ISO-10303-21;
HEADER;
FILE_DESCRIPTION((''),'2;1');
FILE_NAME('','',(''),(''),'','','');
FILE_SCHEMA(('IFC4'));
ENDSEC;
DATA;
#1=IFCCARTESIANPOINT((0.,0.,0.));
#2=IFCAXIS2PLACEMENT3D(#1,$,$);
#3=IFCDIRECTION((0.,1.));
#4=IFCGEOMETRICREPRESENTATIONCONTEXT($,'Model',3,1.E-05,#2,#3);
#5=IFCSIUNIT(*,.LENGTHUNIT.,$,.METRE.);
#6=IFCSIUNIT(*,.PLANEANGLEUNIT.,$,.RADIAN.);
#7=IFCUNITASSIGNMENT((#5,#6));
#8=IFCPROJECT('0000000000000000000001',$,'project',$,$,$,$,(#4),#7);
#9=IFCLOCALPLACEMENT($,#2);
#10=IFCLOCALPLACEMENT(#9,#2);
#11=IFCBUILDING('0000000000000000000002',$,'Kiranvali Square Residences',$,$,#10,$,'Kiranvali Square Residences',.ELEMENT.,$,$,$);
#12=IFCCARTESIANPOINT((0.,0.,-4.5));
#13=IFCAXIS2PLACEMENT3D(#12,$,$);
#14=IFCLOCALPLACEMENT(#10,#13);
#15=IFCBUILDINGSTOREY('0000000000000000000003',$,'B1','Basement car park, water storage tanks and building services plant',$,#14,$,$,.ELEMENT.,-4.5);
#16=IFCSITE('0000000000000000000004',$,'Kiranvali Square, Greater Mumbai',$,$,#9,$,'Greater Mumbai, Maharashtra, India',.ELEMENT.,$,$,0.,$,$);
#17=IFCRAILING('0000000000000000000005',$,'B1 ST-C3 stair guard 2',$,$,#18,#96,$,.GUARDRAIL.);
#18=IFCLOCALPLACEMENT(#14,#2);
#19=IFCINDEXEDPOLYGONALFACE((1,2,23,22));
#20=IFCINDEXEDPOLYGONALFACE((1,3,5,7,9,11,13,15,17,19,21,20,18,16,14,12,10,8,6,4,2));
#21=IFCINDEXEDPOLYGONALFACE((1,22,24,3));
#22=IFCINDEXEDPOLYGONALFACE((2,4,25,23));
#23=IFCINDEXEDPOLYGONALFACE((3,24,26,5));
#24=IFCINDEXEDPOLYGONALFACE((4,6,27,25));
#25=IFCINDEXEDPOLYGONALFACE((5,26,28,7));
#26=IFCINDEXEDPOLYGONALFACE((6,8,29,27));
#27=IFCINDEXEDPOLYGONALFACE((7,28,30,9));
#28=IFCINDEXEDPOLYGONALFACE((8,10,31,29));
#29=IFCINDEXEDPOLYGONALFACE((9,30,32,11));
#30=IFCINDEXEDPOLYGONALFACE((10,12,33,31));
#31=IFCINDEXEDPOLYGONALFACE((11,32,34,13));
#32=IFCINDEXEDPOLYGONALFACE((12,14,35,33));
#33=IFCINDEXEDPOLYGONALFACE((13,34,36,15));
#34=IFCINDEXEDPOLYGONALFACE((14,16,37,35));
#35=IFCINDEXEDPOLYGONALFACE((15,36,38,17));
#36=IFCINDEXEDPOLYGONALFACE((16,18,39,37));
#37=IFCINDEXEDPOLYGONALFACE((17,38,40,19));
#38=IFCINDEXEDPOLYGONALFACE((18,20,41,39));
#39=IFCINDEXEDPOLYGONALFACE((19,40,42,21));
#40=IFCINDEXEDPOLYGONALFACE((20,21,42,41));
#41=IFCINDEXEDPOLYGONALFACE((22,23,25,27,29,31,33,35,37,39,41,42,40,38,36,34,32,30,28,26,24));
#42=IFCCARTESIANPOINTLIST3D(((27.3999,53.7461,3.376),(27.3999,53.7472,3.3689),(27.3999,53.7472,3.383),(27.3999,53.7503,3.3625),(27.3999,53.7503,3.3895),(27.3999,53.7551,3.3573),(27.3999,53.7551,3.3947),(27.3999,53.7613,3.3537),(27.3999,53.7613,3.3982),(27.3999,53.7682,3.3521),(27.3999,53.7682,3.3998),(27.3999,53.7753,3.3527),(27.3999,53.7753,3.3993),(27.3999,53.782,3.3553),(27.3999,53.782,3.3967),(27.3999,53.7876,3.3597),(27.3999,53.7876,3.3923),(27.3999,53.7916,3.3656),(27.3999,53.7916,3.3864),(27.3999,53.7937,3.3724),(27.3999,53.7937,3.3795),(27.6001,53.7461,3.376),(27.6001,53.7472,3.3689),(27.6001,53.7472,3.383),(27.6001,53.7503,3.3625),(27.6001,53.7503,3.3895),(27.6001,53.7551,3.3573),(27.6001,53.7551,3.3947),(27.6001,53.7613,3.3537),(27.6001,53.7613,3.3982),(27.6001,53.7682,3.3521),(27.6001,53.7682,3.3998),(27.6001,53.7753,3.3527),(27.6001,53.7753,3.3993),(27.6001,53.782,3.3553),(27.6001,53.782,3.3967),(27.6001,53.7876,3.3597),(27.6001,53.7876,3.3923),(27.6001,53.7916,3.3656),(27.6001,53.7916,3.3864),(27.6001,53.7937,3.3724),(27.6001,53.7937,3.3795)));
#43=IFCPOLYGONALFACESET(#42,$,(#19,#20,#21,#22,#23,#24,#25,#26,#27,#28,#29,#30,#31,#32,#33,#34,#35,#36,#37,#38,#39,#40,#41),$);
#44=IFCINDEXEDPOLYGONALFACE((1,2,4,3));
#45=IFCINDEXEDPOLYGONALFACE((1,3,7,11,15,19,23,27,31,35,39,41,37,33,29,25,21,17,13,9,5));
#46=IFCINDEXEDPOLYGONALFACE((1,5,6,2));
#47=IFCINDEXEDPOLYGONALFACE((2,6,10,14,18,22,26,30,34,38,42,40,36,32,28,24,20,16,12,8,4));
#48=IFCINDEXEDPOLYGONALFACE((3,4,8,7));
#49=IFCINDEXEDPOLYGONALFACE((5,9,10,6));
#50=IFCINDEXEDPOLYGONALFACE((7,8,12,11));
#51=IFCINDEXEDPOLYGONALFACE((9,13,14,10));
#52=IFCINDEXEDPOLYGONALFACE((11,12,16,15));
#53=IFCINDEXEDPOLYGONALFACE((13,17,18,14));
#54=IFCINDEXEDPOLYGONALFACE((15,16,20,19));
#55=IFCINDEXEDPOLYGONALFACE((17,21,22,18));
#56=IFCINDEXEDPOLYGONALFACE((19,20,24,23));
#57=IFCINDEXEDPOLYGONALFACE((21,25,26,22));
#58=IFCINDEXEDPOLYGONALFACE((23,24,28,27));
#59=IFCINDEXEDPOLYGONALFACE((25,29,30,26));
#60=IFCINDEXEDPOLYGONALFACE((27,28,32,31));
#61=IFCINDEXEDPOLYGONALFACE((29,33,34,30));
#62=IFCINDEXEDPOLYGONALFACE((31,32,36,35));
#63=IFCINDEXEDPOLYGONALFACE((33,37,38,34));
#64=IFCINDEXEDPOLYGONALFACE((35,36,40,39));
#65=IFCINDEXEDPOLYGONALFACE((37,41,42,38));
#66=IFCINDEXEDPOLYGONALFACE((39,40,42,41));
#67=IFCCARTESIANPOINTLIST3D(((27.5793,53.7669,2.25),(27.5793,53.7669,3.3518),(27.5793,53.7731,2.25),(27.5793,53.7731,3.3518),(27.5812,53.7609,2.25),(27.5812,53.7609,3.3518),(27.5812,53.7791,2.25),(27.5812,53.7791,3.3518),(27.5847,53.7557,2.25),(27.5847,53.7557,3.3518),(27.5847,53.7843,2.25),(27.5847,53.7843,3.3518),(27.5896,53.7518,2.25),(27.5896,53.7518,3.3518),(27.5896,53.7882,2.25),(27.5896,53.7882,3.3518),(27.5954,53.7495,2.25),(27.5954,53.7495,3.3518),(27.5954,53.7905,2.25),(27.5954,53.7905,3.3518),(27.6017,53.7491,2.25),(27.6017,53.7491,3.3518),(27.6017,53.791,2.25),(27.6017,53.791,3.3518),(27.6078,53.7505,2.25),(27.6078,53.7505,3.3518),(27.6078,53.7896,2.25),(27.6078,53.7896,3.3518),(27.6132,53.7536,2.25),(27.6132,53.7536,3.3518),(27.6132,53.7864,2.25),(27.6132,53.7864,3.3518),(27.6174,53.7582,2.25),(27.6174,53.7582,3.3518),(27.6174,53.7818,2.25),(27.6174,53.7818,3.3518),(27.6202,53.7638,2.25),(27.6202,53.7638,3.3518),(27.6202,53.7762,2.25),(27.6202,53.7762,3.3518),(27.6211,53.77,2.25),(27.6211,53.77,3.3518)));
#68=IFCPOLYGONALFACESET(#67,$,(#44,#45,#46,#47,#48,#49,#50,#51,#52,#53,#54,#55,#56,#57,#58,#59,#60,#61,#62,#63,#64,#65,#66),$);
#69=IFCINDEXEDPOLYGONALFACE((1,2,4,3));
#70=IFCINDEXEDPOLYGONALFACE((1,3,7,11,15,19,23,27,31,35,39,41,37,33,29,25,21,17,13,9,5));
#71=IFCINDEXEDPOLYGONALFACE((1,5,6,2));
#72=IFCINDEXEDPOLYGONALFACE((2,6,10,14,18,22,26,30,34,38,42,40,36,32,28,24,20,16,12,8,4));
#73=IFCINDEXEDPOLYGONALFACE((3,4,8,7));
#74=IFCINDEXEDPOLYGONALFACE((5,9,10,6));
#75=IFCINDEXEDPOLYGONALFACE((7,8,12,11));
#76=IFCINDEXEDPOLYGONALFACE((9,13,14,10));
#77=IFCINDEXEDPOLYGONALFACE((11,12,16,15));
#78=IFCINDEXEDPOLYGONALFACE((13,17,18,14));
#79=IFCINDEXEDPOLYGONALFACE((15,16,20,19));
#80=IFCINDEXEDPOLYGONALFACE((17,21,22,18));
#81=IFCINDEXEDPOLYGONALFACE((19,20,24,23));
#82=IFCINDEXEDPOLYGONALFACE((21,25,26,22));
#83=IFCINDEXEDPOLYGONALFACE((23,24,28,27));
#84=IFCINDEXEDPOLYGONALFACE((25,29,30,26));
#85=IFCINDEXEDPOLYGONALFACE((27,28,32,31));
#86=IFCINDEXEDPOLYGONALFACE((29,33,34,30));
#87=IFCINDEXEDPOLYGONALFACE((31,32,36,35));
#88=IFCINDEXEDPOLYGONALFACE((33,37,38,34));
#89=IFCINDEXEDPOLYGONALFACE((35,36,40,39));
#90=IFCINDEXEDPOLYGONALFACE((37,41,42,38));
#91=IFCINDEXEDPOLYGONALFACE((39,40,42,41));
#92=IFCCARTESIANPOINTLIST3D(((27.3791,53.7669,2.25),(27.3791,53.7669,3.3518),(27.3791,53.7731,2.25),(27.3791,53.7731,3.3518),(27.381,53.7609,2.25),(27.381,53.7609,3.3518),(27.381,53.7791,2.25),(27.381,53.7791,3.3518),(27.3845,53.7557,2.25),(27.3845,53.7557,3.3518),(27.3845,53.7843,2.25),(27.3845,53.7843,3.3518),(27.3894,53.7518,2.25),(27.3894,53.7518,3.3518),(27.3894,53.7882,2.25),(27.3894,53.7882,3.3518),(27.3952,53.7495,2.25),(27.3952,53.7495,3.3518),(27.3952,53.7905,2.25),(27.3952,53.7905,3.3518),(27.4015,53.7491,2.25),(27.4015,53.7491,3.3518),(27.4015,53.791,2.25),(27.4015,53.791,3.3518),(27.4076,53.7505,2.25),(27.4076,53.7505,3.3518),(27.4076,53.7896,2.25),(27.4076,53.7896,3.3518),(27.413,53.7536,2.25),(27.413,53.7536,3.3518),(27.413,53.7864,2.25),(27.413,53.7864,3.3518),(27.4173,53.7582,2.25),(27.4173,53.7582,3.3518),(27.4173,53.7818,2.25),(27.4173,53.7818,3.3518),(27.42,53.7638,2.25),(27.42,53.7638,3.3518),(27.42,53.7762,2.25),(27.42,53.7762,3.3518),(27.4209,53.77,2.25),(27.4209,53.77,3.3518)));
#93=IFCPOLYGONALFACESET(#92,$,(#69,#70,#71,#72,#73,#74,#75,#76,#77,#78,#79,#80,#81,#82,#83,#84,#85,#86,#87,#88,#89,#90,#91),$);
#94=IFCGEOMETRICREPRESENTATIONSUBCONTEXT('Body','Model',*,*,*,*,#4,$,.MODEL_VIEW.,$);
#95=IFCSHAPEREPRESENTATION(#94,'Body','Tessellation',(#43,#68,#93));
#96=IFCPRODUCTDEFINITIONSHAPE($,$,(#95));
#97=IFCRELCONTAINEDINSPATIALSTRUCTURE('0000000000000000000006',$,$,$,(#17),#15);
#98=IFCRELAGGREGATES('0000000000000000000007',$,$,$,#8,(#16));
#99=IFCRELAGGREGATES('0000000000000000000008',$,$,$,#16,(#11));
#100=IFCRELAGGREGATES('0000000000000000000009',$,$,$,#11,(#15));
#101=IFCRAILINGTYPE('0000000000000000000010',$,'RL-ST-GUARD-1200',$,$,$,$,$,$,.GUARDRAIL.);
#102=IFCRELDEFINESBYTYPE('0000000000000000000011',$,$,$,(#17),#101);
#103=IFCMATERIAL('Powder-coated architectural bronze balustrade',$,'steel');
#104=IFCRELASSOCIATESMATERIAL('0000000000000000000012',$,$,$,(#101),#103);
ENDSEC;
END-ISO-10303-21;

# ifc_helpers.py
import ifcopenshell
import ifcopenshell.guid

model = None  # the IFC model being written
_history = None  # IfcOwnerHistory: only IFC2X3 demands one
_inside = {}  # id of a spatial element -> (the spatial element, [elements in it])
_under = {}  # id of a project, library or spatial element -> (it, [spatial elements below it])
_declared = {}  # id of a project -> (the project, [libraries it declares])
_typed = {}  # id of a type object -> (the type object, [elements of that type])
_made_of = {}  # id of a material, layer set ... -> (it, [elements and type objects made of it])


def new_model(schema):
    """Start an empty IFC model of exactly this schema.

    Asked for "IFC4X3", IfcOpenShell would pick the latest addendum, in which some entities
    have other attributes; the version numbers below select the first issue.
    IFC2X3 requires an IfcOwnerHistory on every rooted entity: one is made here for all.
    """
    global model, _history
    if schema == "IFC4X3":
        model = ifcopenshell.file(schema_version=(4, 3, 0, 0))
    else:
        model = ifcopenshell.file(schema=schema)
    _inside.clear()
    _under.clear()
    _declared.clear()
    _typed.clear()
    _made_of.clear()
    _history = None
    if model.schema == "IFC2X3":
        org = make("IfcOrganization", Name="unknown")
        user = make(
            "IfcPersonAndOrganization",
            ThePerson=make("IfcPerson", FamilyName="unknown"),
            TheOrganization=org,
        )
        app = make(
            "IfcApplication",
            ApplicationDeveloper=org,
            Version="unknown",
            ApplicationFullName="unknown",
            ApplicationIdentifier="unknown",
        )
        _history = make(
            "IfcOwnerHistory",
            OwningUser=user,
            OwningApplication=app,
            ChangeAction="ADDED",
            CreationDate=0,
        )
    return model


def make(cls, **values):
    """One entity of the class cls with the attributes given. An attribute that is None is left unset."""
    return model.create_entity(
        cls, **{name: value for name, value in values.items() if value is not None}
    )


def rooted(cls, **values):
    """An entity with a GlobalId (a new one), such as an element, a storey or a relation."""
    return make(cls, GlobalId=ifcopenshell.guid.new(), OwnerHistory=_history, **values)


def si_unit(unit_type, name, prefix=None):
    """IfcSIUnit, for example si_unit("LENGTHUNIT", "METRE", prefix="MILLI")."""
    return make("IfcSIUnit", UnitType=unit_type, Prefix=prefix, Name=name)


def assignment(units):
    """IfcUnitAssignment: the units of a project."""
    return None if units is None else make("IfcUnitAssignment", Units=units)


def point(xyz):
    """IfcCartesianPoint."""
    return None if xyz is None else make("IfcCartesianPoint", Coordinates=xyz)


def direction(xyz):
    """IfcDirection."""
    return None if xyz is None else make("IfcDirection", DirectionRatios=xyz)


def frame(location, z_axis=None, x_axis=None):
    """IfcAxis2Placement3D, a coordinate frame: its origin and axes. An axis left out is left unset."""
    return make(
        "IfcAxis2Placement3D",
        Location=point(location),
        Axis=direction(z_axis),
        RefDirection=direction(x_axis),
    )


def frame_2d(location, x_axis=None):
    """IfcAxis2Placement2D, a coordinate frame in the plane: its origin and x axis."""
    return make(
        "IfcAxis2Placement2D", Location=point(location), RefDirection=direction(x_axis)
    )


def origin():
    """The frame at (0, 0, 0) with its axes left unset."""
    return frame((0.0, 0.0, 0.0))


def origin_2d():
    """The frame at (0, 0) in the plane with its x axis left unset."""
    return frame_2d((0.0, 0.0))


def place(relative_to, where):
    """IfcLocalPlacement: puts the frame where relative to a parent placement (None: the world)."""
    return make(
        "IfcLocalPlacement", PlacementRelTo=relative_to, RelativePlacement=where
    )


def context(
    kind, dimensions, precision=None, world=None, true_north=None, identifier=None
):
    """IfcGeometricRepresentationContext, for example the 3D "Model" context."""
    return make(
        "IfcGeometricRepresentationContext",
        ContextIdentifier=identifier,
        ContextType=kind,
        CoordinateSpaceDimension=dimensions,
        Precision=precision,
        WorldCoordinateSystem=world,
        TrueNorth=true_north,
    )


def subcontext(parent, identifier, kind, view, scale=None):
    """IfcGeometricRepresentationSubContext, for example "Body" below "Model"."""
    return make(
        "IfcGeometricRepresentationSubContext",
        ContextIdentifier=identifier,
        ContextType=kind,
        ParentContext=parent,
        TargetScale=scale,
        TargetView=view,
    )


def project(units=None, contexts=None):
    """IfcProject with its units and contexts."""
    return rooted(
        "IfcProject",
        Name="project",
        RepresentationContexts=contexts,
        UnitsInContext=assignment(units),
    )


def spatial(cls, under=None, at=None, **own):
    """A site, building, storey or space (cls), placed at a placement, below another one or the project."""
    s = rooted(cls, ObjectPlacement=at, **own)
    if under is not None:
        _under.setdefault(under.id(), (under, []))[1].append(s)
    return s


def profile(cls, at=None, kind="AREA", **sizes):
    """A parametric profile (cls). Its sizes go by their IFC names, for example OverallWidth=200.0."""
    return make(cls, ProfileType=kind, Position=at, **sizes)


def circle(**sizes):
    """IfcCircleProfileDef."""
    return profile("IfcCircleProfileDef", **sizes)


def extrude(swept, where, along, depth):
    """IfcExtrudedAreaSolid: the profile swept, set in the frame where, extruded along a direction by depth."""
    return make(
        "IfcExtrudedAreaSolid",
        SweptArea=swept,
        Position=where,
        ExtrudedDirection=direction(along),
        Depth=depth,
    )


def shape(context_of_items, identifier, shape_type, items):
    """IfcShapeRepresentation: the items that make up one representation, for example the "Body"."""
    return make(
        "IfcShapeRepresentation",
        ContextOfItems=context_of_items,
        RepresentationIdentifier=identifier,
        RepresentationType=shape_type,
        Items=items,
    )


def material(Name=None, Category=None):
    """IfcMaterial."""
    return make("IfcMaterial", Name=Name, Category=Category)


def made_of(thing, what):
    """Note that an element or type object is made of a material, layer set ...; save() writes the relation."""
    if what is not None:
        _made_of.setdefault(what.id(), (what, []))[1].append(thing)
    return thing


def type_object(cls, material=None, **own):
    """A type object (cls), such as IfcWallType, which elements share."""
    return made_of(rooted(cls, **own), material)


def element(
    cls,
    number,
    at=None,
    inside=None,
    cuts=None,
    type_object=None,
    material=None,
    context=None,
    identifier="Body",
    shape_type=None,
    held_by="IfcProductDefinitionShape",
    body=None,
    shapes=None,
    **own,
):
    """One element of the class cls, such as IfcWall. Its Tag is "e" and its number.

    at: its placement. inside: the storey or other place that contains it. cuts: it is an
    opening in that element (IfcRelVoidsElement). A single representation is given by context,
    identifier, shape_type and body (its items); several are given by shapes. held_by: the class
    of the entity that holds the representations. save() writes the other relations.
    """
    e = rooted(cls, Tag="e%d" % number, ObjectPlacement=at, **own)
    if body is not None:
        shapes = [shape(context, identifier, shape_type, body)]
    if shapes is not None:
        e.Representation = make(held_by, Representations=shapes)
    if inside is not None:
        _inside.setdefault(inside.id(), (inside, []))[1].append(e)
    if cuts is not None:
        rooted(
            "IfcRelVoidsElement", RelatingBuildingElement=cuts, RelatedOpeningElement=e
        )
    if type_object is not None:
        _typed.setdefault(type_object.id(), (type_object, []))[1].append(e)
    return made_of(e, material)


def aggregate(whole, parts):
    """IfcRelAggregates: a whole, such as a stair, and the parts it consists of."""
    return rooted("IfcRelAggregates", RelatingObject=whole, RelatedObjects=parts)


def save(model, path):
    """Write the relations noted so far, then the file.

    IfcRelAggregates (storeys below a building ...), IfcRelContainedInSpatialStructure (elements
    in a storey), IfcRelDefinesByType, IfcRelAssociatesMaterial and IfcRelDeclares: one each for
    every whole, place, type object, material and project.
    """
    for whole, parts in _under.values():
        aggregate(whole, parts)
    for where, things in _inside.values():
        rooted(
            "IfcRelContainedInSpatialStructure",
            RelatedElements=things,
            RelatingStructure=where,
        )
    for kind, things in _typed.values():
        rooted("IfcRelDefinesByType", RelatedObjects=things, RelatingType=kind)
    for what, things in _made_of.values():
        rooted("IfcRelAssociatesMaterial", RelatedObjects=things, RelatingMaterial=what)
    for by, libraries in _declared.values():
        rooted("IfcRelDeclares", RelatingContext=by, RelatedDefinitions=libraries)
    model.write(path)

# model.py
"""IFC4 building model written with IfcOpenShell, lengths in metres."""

from ifc_helpers import new_model, si_unit, direction, frame, origin, origin_2d, place, context, subcontext, project, spatial, circle, extrude, material, type_object, element, save


model = new_model("IFC4")

# Units and contexts
model_context = context("Model", 3, precision=1e-05, world=origin(), true_north=direction((0.0, 1.0)))
body_context = subcontext(model_context, "Body", "Model", "MODEL_VIEW")
ifc_project = project(units=[si_unit("LENGTHUNIT", "METRE"), si_unit("PLANEANGLEUNIT", "RADIAN")], contexts=[model_context])

# Site, building, storey
site_placement = place(None, origin())
site = spatial("IfcSite", under=ifc_project, at=site_placement, Name="Kiranvali Square, Greater Mumbai", LongName="Greater Mumbai, Maharashtra, India", CompositionType="ELEMENT", RefElevation=0.0)
building_placement = place(site_placement, origin())
building = spatial("IfcBuilding", under=site, at=building_placement, Name="Kiranvali Square Residences", LongName="Kiranvali Square Residences", CompositionType="ELEMENT")
storey_placement = place(building_placement, frame((0.0, 0.0, -4.5)))
storey = spatial("IfcBuildingStorey", under=building, at=storey_placement, Name="B1", Description="Basement car park, water storage tanks and building services plant", CompositionType="ELEMENT", Elevation=-4.5)

# Railing
ifc_material_1 = material(Name="Powder-coated architectural bronze balustrade", Category="steel")
railing_type_1 = type_object("IfcRailingType", Name="RL-ST-GUARD-1200", PredefinedType="GUARDRAIL", material=ifc_material_1)
railing_1_placement = place(storey_placement, frame((27.6001, 53.77, 2.25)))
element("IfcRailing", 1, at=railing_1_placement, inside=storey, type_object=railing_type_1, Name="B1 ST-C3 stair guard 2", PredefinedType="GUARDRAIL", context=body_context, shape_type="SweptSolid", body=[
    extrude(circle(Radius=0.0239, at=origin_2d()), frame((0.0, 0.0, 1.126), z_axis=(-1.0, 0.0, 0.0), x_axis=(0.0, -1.0, 0.0)), (0.0, 0.0, 1.0), 0.2002),
    extrude(circle(Radius=0.021, at=origin_2d()), origin(), (0.0, 0.0, 1.0), 1.1018),
    extrude(circle(Radius=0.021, at=origin_2d()), frame((-0.2002, 0.0, 0.0)), (0.0, 0.0, 1.0), 1.1018),
])

save(model, "model.ifc")
